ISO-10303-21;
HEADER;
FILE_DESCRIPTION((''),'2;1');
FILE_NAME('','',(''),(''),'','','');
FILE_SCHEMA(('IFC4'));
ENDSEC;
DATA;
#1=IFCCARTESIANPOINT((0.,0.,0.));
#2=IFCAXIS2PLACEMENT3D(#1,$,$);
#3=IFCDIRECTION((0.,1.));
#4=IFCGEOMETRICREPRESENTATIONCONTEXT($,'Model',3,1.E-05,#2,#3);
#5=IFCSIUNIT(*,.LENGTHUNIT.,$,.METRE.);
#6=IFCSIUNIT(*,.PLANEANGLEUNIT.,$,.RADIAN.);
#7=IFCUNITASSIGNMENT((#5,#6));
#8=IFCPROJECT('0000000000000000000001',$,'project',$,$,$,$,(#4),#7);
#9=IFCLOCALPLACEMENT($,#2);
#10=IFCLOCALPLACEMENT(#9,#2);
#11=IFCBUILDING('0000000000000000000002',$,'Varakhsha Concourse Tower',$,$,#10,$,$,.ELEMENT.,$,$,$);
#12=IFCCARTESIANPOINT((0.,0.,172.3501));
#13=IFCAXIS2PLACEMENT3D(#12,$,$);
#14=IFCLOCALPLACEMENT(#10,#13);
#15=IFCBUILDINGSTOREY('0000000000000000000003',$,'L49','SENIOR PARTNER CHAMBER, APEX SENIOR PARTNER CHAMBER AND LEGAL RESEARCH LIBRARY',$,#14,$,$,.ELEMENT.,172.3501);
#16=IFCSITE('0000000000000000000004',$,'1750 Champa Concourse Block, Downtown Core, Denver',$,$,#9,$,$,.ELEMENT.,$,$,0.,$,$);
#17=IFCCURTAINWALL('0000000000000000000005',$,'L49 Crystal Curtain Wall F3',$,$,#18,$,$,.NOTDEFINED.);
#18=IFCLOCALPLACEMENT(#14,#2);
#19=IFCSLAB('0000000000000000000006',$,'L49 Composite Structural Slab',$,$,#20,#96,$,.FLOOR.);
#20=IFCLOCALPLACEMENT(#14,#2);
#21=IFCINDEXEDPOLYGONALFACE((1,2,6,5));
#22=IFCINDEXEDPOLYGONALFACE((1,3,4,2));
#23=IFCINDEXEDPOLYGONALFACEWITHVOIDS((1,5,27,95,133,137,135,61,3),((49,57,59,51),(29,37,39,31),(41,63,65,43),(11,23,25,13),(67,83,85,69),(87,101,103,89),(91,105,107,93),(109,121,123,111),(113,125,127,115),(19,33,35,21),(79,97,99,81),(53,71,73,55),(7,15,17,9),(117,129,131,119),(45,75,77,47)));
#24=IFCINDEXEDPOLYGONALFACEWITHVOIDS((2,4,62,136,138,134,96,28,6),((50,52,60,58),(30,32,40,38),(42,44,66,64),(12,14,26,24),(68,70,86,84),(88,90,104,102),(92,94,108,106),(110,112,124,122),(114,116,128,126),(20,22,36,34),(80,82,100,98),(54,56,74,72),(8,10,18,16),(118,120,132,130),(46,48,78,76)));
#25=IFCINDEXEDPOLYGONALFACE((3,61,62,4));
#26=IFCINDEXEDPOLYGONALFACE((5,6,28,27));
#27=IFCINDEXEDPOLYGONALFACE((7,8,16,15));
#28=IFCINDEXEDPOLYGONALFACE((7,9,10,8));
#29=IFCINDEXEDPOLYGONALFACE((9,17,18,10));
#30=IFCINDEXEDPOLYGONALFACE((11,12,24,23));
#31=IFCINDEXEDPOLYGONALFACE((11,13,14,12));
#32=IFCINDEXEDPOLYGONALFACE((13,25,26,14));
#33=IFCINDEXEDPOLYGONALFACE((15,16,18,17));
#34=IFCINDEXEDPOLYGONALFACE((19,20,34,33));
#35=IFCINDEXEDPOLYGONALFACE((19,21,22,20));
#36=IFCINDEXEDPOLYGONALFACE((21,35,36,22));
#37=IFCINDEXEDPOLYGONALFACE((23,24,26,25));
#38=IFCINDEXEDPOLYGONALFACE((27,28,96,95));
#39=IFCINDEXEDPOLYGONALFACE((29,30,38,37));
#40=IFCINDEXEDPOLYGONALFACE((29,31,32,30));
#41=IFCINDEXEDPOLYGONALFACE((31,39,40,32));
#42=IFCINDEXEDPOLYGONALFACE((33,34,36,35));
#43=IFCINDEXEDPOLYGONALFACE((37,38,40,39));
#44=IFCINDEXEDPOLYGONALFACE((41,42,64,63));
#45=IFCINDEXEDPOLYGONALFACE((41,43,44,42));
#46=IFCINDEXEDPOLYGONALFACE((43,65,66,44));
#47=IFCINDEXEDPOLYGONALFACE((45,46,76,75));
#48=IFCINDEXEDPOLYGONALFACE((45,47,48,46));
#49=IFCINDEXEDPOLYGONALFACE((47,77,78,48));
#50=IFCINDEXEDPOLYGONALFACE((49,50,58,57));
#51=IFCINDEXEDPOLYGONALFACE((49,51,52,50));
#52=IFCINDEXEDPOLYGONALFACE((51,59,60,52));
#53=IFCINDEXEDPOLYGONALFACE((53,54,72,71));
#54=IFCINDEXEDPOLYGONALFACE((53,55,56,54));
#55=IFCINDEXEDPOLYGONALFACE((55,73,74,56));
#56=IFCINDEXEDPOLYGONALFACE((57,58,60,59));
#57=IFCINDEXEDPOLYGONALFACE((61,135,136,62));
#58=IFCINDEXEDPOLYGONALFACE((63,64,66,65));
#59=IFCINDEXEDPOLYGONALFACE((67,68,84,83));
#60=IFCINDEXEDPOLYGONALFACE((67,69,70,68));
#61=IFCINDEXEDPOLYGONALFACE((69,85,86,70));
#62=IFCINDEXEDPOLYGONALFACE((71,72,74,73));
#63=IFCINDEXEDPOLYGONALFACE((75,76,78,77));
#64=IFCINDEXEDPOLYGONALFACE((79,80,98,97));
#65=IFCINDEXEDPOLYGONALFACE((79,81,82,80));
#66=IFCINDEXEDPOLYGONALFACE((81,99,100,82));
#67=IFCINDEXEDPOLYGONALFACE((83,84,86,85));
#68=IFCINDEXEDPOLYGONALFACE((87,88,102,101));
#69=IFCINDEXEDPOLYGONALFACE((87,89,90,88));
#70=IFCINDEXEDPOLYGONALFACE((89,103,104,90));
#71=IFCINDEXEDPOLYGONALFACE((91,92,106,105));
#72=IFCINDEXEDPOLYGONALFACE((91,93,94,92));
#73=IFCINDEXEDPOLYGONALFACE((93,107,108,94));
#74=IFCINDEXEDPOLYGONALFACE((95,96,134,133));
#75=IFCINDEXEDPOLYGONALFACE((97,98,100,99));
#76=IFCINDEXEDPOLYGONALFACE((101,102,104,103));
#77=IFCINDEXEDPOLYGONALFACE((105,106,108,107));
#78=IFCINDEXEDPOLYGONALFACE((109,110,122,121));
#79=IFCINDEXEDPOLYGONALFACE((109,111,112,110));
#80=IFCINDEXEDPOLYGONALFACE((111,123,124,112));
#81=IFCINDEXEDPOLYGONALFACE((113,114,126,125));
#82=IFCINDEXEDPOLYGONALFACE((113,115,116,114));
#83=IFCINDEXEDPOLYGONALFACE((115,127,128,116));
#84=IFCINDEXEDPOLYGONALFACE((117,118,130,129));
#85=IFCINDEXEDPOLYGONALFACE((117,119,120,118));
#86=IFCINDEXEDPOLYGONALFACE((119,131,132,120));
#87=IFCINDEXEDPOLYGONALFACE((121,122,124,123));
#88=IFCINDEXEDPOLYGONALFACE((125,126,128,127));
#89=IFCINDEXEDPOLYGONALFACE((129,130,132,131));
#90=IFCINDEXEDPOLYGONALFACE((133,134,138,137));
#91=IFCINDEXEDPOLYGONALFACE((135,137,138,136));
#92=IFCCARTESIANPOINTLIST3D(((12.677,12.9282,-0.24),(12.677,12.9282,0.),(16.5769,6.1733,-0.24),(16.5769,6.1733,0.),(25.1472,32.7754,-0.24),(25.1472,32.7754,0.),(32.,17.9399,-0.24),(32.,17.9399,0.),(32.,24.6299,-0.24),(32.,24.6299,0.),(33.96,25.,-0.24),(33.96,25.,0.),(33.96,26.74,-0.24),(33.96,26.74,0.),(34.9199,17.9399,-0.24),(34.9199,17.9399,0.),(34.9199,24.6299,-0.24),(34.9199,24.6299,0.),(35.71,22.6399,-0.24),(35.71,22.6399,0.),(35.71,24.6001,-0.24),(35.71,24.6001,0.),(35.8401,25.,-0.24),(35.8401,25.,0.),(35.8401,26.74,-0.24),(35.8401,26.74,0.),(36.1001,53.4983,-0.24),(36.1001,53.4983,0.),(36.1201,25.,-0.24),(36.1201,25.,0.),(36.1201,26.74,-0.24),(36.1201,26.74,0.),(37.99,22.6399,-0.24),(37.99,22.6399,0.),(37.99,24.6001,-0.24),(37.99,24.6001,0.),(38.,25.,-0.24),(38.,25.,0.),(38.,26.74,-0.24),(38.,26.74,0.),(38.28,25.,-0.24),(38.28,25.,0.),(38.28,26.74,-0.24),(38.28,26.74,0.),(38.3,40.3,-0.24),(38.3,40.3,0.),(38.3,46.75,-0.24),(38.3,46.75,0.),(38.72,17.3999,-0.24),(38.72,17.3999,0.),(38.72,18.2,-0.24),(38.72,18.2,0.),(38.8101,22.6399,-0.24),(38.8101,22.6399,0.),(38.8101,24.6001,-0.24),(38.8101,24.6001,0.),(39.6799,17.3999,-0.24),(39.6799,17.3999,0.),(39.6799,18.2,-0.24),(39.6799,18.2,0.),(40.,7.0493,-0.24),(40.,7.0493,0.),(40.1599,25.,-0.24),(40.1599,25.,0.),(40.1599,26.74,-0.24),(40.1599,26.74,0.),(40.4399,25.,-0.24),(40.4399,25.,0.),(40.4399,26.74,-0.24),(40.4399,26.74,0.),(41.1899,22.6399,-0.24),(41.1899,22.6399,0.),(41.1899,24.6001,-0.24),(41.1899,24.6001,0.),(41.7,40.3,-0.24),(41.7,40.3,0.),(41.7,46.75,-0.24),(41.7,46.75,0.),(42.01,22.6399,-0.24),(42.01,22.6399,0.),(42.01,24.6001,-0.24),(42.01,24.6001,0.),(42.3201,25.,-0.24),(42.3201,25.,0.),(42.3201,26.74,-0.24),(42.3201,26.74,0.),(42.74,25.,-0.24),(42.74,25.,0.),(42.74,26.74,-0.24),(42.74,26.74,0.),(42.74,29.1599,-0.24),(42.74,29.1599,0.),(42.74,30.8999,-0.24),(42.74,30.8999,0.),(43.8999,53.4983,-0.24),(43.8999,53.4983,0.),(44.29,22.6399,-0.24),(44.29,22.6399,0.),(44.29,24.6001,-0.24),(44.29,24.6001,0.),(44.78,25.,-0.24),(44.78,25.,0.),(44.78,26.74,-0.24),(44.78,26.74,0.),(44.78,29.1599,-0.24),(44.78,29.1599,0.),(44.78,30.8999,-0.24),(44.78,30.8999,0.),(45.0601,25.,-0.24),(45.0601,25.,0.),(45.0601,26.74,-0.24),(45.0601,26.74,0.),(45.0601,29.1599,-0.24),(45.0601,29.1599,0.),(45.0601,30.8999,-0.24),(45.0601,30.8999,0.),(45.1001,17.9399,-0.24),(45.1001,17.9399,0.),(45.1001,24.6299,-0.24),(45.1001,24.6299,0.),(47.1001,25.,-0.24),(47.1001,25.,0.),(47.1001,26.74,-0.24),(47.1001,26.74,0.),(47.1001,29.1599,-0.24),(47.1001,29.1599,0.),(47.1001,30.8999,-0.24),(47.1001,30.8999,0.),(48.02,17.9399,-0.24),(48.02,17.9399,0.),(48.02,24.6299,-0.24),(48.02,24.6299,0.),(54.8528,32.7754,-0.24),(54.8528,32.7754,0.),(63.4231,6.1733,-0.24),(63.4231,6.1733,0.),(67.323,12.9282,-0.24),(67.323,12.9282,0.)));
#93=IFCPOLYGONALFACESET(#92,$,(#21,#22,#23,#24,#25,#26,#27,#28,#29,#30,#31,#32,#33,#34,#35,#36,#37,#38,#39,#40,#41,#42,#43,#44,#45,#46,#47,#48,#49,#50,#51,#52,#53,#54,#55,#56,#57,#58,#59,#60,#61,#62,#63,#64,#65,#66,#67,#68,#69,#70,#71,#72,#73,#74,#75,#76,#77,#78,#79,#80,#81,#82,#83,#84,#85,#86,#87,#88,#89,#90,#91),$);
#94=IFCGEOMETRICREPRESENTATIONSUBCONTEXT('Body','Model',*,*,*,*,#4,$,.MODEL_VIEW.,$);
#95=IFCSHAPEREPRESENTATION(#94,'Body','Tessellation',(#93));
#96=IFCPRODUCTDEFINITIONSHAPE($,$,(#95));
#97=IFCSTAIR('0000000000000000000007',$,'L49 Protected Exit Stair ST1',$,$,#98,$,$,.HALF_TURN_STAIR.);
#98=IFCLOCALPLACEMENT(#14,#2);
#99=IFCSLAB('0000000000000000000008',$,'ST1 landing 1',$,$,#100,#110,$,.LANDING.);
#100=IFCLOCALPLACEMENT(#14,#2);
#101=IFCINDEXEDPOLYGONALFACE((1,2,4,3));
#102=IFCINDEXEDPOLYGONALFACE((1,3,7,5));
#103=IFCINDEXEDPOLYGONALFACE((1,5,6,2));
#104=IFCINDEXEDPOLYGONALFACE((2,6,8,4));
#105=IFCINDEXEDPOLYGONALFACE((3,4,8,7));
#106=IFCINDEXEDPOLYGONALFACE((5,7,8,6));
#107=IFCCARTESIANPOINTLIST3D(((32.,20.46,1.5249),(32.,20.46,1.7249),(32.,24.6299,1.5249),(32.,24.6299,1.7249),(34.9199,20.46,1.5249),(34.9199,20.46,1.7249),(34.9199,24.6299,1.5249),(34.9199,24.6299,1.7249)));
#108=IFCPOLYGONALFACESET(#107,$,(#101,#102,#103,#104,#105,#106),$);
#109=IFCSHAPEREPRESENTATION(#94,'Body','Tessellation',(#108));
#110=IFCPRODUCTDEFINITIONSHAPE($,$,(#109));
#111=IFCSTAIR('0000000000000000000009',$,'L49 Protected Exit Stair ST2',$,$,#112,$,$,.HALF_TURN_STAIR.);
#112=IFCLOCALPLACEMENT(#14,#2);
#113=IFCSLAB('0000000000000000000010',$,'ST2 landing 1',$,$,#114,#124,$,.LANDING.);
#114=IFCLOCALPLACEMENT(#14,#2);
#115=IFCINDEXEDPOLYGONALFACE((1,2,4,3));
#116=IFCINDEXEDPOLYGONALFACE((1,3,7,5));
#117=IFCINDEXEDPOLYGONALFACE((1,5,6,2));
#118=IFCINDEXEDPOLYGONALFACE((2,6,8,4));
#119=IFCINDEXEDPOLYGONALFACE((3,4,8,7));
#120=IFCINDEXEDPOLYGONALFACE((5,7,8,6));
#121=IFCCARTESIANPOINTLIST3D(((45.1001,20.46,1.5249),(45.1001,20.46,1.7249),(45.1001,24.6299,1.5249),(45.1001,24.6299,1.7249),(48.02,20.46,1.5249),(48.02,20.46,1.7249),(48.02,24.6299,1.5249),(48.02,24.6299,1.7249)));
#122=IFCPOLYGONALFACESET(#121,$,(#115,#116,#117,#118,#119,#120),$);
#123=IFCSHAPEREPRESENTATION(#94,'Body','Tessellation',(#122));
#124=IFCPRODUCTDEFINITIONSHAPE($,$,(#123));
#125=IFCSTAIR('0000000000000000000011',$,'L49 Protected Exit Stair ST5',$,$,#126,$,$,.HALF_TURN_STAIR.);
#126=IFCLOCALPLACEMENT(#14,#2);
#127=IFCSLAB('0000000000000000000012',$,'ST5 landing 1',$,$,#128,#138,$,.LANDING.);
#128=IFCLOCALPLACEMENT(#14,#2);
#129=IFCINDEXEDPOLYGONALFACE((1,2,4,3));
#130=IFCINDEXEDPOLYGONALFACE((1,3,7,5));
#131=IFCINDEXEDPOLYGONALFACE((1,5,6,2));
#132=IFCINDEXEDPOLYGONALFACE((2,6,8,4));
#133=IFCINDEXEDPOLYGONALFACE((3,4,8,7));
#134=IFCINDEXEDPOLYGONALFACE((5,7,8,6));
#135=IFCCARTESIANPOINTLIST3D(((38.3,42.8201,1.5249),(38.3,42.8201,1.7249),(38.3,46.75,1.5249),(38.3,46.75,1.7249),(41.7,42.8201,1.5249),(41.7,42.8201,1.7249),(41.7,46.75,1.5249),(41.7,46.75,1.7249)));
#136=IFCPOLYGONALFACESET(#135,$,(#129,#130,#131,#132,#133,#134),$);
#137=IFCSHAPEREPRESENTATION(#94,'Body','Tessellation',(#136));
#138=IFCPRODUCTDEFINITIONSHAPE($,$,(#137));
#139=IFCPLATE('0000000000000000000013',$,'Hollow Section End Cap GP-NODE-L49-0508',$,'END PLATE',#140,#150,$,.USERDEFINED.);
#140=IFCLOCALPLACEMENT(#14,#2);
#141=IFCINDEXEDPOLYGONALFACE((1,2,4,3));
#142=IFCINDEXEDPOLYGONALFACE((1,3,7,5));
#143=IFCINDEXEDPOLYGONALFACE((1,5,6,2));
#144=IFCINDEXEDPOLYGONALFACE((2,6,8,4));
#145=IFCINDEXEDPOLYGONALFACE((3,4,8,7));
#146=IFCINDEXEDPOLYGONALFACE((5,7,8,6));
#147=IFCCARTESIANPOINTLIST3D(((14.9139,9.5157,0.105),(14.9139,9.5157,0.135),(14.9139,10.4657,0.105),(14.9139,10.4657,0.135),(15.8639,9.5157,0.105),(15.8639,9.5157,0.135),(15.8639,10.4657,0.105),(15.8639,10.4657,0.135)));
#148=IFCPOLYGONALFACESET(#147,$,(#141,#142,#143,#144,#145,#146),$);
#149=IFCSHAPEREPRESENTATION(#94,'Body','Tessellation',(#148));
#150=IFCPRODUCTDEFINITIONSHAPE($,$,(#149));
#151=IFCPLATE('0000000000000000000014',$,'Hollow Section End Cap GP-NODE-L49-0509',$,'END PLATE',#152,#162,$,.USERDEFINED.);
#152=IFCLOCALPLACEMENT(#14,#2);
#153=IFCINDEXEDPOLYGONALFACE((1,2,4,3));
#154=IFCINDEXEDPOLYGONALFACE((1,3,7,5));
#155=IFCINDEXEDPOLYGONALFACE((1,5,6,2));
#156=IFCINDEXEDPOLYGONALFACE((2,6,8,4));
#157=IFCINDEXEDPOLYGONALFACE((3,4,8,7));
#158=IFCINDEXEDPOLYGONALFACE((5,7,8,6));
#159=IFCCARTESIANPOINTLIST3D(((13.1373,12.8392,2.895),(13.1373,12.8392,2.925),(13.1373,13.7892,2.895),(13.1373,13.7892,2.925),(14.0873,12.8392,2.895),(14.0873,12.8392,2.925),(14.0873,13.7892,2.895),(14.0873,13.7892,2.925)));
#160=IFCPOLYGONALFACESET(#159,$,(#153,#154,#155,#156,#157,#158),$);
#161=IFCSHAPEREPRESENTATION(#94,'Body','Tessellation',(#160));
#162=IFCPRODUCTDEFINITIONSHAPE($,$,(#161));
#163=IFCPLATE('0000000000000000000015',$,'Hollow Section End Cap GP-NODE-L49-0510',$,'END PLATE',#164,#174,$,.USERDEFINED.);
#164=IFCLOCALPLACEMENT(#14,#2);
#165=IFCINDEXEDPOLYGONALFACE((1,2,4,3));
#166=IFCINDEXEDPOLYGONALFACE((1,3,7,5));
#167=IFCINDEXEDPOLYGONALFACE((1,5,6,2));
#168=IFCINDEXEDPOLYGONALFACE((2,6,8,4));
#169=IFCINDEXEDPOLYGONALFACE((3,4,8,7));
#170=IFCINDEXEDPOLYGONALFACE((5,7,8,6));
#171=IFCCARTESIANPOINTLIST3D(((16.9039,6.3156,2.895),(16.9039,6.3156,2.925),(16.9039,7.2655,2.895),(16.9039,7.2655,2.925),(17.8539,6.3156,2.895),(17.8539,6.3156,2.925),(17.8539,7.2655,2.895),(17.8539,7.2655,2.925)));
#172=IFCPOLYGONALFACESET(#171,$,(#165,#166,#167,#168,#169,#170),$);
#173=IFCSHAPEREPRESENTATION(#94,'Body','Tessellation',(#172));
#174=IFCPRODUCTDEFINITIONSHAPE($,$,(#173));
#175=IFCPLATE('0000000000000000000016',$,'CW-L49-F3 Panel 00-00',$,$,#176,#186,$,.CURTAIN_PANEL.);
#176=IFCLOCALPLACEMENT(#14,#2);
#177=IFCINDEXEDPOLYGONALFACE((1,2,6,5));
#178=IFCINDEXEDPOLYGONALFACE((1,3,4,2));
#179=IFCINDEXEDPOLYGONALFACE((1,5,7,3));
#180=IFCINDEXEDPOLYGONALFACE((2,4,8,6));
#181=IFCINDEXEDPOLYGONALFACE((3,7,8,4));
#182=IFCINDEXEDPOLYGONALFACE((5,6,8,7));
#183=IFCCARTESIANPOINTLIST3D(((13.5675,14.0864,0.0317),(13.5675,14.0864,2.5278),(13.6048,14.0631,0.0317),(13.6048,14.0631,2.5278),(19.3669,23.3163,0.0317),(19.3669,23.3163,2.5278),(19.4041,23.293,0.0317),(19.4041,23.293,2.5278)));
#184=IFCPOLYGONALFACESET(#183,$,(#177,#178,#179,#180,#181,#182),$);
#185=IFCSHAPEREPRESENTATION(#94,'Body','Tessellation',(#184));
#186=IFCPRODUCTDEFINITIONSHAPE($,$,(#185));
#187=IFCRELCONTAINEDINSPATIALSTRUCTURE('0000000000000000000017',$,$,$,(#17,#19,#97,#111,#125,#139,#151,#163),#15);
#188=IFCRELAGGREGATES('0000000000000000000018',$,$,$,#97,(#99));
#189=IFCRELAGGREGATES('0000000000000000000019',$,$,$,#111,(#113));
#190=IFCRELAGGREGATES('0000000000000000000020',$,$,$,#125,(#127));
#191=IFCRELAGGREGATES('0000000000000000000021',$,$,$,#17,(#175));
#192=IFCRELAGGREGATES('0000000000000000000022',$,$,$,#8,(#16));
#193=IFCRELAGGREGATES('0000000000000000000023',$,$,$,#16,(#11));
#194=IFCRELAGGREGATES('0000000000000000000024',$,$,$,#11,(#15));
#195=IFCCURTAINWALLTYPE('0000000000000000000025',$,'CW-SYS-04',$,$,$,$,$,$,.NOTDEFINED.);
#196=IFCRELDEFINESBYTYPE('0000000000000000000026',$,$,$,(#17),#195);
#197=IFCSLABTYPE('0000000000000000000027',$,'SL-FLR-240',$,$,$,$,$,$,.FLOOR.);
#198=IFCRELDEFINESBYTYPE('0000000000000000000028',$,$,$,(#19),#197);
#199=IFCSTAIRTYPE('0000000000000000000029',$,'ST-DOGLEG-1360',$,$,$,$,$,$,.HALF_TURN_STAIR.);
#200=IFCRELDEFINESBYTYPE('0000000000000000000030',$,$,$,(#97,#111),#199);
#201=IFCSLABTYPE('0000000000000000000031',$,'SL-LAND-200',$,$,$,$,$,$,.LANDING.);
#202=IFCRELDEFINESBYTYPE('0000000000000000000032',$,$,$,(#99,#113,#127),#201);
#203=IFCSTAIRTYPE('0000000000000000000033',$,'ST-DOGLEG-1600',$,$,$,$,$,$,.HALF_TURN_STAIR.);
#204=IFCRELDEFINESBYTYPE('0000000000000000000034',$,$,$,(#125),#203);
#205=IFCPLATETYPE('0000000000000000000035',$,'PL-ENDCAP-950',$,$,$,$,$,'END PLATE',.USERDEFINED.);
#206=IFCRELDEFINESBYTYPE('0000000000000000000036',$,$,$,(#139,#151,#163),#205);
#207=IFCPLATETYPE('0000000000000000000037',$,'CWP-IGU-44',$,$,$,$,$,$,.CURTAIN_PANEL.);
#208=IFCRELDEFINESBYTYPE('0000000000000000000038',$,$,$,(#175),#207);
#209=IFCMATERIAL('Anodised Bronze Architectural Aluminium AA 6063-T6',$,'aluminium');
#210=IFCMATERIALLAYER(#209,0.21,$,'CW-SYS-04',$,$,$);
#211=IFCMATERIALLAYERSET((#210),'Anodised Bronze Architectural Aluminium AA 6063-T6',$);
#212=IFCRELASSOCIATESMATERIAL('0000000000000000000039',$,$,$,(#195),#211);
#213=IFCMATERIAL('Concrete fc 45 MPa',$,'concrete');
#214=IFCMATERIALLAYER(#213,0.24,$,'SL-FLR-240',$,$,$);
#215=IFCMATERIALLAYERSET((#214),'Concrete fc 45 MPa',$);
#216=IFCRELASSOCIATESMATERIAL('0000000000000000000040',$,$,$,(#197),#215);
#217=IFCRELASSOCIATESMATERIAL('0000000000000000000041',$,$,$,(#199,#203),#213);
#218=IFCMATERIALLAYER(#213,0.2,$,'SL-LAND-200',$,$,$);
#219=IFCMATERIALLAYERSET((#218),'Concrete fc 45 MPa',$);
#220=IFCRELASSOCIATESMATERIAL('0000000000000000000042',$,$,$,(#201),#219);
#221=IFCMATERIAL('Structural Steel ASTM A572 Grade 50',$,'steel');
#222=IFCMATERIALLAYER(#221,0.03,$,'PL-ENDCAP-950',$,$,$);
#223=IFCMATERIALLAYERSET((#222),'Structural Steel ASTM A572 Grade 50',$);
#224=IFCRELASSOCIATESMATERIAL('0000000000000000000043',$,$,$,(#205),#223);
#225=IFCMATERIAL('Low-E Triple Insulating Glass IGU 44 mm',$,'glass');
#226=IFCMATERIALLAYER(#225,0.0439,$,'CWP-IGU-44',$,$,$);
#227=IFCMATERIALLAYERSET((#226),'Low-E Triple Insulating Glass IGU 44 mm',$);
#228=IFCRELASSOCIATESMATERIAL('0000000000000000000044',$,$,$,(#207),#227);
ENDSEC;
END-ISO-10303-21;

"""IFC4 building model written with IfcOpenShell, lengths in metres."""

from ifc_helpers import new_model, si_unit, direction, frame, origin, origin_2d, place, context, subcontext, project, spatial, polyline, rectangle, outline, extrude, source, transform, mapped, material, layer, layer_set, type_object, type_shapes, element, aggregate, save


model = new_model("IFC4")

# Units and contexts
model_context = context("Model", 3, precision=1e-05, world=origin(), true_north=direction((0.0, 1.0)))
body_context = subcontext(model_context, "Body", "Model", "MODEL_VIEW")
ifc_project = project(units=[si_unit("LENGTHUNIT", "METRE"), si_unit("PLANEANGLEUNIT", "RADIAN")], contexts=[model_context])

# Site, building, storey
site_placement = place(None, origin())
site = spatial("IfcSite", under=ifc_project, at=site_placement, Name="1750 Champa Concourse Block, Downtown Core, Denver", CompositionType="ELEMENT", RefElevation=0.0)
building_placement = place(site_placement, origin())
building = spatial("IfcBuilding", under=site, at=building_placement, Name="Varakhsha Concourse Tower", CompositionType="ELEMENT")
storey_placement = place(building_placement, frame((0.0, 0.0, 172.3501)))
storey = spatial("IfcBuildingStorey", under=building, at=storey_placement, Name="L49", Description="SENIOR PARTNER CHAMBER, APEX SENIOR PARTNER CHAMBER AND LEGAL RESEARCH LIBRARY", CompositionType="ELEMENT", Elevation=172.3501)

# Shared definitions
ifc_material_1 = material(Name="Structural Steel ASTM A572 Grade 50", Category="steel")

# Curtain wall
ifc_material_2 = material(Name="Anodised Bronze Architectural Aluminium AA 6063-T6", Category="aluminium")
ifc_layer_1 = layer(ifc_material_2, 0.21, Name="CW-SYS-04")
ifc_layer_set_1 = layer_set([ifc_layer_1], Name="Anodised Bronze Architectural Aluminium AA 6063-T6")
curtain_wall_type = type_object("IfcCurtainWallType", Name="CW-SYS-04", PredefinedType="NOTDEFINED", material=ifc_layer_set_1)
curtain_wall_1_placement = place(storey_placement, origin())
curtain_wall_1 = element("IfcCurtainWall", 1, at=curtain_wall_1_placement, inside=storey, type_object=curtain_wall_type, Name="L49 Crystal Curtain Wall F3", PredefinedType="NOTDEFINED")

# Slab
ifc_material_3 = material(Name="Concrete fc 45 MPa", Category="concrete")
ifc_layer_2 = layer(ifc_material_3, 0.24, Name="SL-FLR-240")
ifc_layer_set_2 = layer_set([ifc_layer_2], Name="Concrete fc 45 MPa")
slab_type_1 = type_object("IfcSlabType", Name="SL-FLR-240", PredefinedType="FLOOR", material=ifc_layer_set_2)
slab_1_placement = place(storey_placement, frame((0.0, 0.0, -0.24)))
element("IfcSlab", 2, at=slab_1_placement, inside=storey, type_object=slab_type_1, Name="L49 Composite Structural Slab", PredefinedType="FLOOR", context=body_context, shape_type="SweptSolid", body=[
    extrude(outline(polyline([(43.8999, 53.4983), (36.1001, 53.4983), (25.1472, 32.7754), (12.677, 12.9282), (16.5769, 6.1733), (40.0, 7.0493), (63.4231, 6.1733), (67.323, 12.9282), (54.8528, 32.7754), (43.8999, 53.4983)]), holes=[polyline([(34.9199, 17.9399), (34.9199, 24.6299), (32.0, 24.6299), (32.0, 17.9399), (34.9199, 17.9399)]), polyline([(48.02, 17.9399), (48.02, 24.6299), (45.1001, 24.6299), (45.1001, 17.9399), (48.02, 17.9399)]), polyline([(41.7, 40.3), (41.7, 46.75), (38.3, 46.75), (38.3, 40.3), (41.7, 40.3)]), polyline([(33.96, 25.0), (35.8401, 25.0), (35.8401, 26.74), (33.96, 26.74), (33.96, 25.0)]), polyline([(36.1201, 25.0), (38.0, 25.0), (38.0, 26.74), (36.1201, 26.74), (36.1201, 25.0)]), polyline([(38.28, 25.0), (40.1599, 25.0), (40.1599, 26.74), (38.28, 26.74), (38.28, 25.0)]), polyline([(40.4399, 25.0), (42.3201, 25.0), (42.3201, 26.74), (40.4399, 26.74), (40.4399, 25.0)]), polyline([(42.74, 29.1599), (44.78, 29.1599), (44.78, 30.8999), (42.74, 30.8999), (42.74, 29.1599)]), polyline([(45.0601, 29.1599), (47.1001, 29.1599), (47.1001, 30.8999), (45.0601, 30.8999), (45.0601, 29.1599)]), polyline([(42.74, 25.0), (44.78, 25.0), (44.78, 26.74), (42.74, 26.74), (42.74, 25.0)]), polyline([(45.0601, 25.0), (47.1001, 25.0), (47.1001, 26.74), (45.0601, 26.74), (45.0601, 25.0)]), polyline([(35.71, 22.6399), (37.99, 22.6399), (37.99, 24.6001), (35.71, 24.6001), (35.71, 22.6399)]), polyline([(42.01, 22.6399), (44.29, 22.6399), (44.29, 24.6001), (42.01, 24.6001), (42.01, 22.6399)]), polyline([(38.8101, 22.6399), (41.1899, 22.6399), (41.1899, 24.6001), (38.8101, 24.6001), (38.8101, 22.6399)]), polyline([(38.72, 17.3999), (39.6799, 17.3999), (39.6799, 18.2), (38.72, 18.2), (38.72, 17.3999)])]), origin(), (0.0, 0.0, 1.0), 0.24),
])

# Stairs, slabs
stair_type_1 = type_object("IfcStairType", Name="ST-DOGLEG-1360", PredefinedType="HALF_TURN_STAIR", material=ifc_material_3)
stair_1_placement = place(storey_placement, origin())
stair_1 = element("IfcStair", 3, at=stair_1_placement, inside=storey, type_object=stair_type_1, Name="L49 Protected Exit Stair ST1", PredefinedType="HALF_TURN_STAIR")
ifc_layer_3 = layer(ifc_material_3, 0.2, Name="SL-LAND-200")
ifc_layer_set_3 = layer_set([ifc_layer_3], Name="Concrete fc 45 MPa")
slab_type_2 = type_object("IfcSlabType", Name="SL-LAND-200", PredefinedType="LANDING", material=ifc_layer_set_3)
slab_2_placement = place(storey_placement, frame((0.0, 0.0, 1.5249)))
slab_2 = element("IfcSlab", 4, at=slab_2_placement, type_object=slab_type_2, Name="ST1 landing 1", PredefinedType="LANDING", context=body_context, shape_type="SweptSolid", body=[
    extrude(outline(polyline([(34.9199, 20.46), (34.9199, 24.6299), (32.0, 24.6299), (32.0, 20.46), (34.9199, 20.46)])), origin(), (0.0, 0.0, 1.0), 0.2),
])
aggregate(stair_1, [slab_2])
stair_2_placement = place(storey_placement, origin())
stair_2 = element("IfcStair", 5, at=stair_2_placement, inside=storey, type_object=stair_type_1, Name="L49 Protected Exit Stair ST2", PredefinedType="HALF_TURN_STAIR")
slab_3_placement = place(storey_placement, frame((0.0, 0.0, 1.5249)))
slab_3 = element("IfcSlab", 6, at=slab_3_placement, type_object=slab_type_2, Name="ST2 landing 1", PredefinedType="LANDING", context=body_context, shape_type="SweptSolid", body=[
    extrude(outline(polyline([(48.02, 20.46), (48.02, 24.6299), (45.1001, 24.6299), (45.1001, 20.46), (48.02, 20.46)])), origin(), (0.0, 0.0, 1.0), 0.2),
])
aggregate(stair_2, [slab_3])
stair_type_2 = type_object("IfcStairType", Name="ST-DOGLEG-1600", PredefinedType="HALF_TURN_STAIR", material=ifc_material_3)
stair_3_placement = place(storey_placement, origin())
stair_3 = element("IfcStair", 7, at=stair_3_placement, inside=storey, type_object=stair_type_2, Name="L49 Protected Exit Stair ST5", PredefinedType="HALF_TURN_STAIR")
slab_4_placement = place(storey_placement, frame((0.0, 0.0, 1.5249)))
slab_4 = element("IfcSlab", 8, at=slab_4_placement, type_object=slab_type_2, Name="ST5 landing 1", PredefinedType="LANDING", context=body_context, shape_type="SweptSolid", body=[
    extrude(outline(polyline([(41.7, 42.8201), (41.7, 46.75), (38.3, 46.75), (38.3, 42.8201), (41.7, 42.8201)])), origin(), (0.0, 0.0, 1.0), 0.2),
])
aggregate(stair_3, [slab_4])

# Plates
ifc_layer_4 = layer(ifc_material_1, 0.03, Name="PL-ENDCAP-950")
ifc_layer_set_4 = layer_set([ifc_layer_4], Name="Structural Steel ASTM A572 Grade 50")
plate_type_1 = type_object("IfcPlateType", Name="PL-ENDCAP-950", ElementType="END PLATE", PredefinedType="USERDEFINED", material=ifc_layer_set_4)
shared_shape_1 = source(origin(), body_context, "Body", "SweptSolid", [
    extrude(rectangle(XDim=0.95, YDim=0.95, at=origin_2d()), origin(), (0.0, 0.0, 1.0), 0.03),
])
type_shapes(plate_type_1, [shared_shape_1])
for number, where, z_axis, x_axis, name in (
    (9, (15.3889, 9.9907, 0.105), (0.0, 0.0, 1.0), (1.0, 0.0, 0.0), "Hollow Section End Cap GP-NODE-L49-0508"),
    (10, (13.6123, 13.3142, 2.895), (0.0, 0.0, 1.0), (1.0, 0.0, 0.0), "Hollow Section End Cap GP-NODE-L49-0509"),
    (11, (17.3789, 6.7905, 2.895), (0.0, 0.0, 1.0), (1.0, 0.0, 0.0), "Hollow Section End Cap GP-NODE-L49-0510"),
):
    element("IfcPlate", number, at=place(storey_placement, frame(where, z_axis=z_axis, x_axis=x_axis)), inside=storey, type_object=plate_type_1, Name=name, ObjectType="END PLATE", PredefinedType="USERDEFINED", context=body_context, shape_type="MappedRepresentation", body=[
        mapped(shared_shape_1, transform((0.0, 0.0, 0.0), scale=1.0)),
    ])

# Plate
ifc_material_4 = material(Name="Low-E Triple Insulating Glass IGU 44 mm", Category="glass")
ifc_layer_5 = layer(ifc_material_4, 0.0439, Name="CWP-IGU-44")
ifc_layer_set_5 = layer_set([ifc_layer_5], Name="Low-E Triple Insulating Glass IGU 44 mm")
plate_type_2 = type_object("IfcPlateType", Name="CWP-IGU-44", PredefinedType="CURTAIN_PANEL", material=ifc_layer_set_5)
shared_shape_2 = source(origin(), body_context, "Body", "SweptSolid", [
    extrude(rectangle(XDim=10.9006, YDim=0.0439, at=origin_2d()), origin(), (0.0, 0.0, 1.0), 2.4961),
])
type_shapes(plate_type_2, [shared_shape_2])
plate_1_placement = place(storey_placement, frame((16.4858, 18.6897, 0.0317), z_axis=(0.0, 0.0, 1.0), x_axis=(0.532022, 0.84673, 0.0)))
plate_1 = element("IfcPlate", 12, at=plate_1_placement, type_object=plate_type_2, Name="CW-L49-F3 Panel 00-00", PredefinedType="CURTAIN_PANEL", context=body_context, shape_type="MappedRepresentation", body=[
    mapped(shared_shape_2, transform((0.0, 0.0, 0.0), scale=1.0)),
])
aggregate(curtain_wall_1, [plate_1])

save(model, "model.ifc")
